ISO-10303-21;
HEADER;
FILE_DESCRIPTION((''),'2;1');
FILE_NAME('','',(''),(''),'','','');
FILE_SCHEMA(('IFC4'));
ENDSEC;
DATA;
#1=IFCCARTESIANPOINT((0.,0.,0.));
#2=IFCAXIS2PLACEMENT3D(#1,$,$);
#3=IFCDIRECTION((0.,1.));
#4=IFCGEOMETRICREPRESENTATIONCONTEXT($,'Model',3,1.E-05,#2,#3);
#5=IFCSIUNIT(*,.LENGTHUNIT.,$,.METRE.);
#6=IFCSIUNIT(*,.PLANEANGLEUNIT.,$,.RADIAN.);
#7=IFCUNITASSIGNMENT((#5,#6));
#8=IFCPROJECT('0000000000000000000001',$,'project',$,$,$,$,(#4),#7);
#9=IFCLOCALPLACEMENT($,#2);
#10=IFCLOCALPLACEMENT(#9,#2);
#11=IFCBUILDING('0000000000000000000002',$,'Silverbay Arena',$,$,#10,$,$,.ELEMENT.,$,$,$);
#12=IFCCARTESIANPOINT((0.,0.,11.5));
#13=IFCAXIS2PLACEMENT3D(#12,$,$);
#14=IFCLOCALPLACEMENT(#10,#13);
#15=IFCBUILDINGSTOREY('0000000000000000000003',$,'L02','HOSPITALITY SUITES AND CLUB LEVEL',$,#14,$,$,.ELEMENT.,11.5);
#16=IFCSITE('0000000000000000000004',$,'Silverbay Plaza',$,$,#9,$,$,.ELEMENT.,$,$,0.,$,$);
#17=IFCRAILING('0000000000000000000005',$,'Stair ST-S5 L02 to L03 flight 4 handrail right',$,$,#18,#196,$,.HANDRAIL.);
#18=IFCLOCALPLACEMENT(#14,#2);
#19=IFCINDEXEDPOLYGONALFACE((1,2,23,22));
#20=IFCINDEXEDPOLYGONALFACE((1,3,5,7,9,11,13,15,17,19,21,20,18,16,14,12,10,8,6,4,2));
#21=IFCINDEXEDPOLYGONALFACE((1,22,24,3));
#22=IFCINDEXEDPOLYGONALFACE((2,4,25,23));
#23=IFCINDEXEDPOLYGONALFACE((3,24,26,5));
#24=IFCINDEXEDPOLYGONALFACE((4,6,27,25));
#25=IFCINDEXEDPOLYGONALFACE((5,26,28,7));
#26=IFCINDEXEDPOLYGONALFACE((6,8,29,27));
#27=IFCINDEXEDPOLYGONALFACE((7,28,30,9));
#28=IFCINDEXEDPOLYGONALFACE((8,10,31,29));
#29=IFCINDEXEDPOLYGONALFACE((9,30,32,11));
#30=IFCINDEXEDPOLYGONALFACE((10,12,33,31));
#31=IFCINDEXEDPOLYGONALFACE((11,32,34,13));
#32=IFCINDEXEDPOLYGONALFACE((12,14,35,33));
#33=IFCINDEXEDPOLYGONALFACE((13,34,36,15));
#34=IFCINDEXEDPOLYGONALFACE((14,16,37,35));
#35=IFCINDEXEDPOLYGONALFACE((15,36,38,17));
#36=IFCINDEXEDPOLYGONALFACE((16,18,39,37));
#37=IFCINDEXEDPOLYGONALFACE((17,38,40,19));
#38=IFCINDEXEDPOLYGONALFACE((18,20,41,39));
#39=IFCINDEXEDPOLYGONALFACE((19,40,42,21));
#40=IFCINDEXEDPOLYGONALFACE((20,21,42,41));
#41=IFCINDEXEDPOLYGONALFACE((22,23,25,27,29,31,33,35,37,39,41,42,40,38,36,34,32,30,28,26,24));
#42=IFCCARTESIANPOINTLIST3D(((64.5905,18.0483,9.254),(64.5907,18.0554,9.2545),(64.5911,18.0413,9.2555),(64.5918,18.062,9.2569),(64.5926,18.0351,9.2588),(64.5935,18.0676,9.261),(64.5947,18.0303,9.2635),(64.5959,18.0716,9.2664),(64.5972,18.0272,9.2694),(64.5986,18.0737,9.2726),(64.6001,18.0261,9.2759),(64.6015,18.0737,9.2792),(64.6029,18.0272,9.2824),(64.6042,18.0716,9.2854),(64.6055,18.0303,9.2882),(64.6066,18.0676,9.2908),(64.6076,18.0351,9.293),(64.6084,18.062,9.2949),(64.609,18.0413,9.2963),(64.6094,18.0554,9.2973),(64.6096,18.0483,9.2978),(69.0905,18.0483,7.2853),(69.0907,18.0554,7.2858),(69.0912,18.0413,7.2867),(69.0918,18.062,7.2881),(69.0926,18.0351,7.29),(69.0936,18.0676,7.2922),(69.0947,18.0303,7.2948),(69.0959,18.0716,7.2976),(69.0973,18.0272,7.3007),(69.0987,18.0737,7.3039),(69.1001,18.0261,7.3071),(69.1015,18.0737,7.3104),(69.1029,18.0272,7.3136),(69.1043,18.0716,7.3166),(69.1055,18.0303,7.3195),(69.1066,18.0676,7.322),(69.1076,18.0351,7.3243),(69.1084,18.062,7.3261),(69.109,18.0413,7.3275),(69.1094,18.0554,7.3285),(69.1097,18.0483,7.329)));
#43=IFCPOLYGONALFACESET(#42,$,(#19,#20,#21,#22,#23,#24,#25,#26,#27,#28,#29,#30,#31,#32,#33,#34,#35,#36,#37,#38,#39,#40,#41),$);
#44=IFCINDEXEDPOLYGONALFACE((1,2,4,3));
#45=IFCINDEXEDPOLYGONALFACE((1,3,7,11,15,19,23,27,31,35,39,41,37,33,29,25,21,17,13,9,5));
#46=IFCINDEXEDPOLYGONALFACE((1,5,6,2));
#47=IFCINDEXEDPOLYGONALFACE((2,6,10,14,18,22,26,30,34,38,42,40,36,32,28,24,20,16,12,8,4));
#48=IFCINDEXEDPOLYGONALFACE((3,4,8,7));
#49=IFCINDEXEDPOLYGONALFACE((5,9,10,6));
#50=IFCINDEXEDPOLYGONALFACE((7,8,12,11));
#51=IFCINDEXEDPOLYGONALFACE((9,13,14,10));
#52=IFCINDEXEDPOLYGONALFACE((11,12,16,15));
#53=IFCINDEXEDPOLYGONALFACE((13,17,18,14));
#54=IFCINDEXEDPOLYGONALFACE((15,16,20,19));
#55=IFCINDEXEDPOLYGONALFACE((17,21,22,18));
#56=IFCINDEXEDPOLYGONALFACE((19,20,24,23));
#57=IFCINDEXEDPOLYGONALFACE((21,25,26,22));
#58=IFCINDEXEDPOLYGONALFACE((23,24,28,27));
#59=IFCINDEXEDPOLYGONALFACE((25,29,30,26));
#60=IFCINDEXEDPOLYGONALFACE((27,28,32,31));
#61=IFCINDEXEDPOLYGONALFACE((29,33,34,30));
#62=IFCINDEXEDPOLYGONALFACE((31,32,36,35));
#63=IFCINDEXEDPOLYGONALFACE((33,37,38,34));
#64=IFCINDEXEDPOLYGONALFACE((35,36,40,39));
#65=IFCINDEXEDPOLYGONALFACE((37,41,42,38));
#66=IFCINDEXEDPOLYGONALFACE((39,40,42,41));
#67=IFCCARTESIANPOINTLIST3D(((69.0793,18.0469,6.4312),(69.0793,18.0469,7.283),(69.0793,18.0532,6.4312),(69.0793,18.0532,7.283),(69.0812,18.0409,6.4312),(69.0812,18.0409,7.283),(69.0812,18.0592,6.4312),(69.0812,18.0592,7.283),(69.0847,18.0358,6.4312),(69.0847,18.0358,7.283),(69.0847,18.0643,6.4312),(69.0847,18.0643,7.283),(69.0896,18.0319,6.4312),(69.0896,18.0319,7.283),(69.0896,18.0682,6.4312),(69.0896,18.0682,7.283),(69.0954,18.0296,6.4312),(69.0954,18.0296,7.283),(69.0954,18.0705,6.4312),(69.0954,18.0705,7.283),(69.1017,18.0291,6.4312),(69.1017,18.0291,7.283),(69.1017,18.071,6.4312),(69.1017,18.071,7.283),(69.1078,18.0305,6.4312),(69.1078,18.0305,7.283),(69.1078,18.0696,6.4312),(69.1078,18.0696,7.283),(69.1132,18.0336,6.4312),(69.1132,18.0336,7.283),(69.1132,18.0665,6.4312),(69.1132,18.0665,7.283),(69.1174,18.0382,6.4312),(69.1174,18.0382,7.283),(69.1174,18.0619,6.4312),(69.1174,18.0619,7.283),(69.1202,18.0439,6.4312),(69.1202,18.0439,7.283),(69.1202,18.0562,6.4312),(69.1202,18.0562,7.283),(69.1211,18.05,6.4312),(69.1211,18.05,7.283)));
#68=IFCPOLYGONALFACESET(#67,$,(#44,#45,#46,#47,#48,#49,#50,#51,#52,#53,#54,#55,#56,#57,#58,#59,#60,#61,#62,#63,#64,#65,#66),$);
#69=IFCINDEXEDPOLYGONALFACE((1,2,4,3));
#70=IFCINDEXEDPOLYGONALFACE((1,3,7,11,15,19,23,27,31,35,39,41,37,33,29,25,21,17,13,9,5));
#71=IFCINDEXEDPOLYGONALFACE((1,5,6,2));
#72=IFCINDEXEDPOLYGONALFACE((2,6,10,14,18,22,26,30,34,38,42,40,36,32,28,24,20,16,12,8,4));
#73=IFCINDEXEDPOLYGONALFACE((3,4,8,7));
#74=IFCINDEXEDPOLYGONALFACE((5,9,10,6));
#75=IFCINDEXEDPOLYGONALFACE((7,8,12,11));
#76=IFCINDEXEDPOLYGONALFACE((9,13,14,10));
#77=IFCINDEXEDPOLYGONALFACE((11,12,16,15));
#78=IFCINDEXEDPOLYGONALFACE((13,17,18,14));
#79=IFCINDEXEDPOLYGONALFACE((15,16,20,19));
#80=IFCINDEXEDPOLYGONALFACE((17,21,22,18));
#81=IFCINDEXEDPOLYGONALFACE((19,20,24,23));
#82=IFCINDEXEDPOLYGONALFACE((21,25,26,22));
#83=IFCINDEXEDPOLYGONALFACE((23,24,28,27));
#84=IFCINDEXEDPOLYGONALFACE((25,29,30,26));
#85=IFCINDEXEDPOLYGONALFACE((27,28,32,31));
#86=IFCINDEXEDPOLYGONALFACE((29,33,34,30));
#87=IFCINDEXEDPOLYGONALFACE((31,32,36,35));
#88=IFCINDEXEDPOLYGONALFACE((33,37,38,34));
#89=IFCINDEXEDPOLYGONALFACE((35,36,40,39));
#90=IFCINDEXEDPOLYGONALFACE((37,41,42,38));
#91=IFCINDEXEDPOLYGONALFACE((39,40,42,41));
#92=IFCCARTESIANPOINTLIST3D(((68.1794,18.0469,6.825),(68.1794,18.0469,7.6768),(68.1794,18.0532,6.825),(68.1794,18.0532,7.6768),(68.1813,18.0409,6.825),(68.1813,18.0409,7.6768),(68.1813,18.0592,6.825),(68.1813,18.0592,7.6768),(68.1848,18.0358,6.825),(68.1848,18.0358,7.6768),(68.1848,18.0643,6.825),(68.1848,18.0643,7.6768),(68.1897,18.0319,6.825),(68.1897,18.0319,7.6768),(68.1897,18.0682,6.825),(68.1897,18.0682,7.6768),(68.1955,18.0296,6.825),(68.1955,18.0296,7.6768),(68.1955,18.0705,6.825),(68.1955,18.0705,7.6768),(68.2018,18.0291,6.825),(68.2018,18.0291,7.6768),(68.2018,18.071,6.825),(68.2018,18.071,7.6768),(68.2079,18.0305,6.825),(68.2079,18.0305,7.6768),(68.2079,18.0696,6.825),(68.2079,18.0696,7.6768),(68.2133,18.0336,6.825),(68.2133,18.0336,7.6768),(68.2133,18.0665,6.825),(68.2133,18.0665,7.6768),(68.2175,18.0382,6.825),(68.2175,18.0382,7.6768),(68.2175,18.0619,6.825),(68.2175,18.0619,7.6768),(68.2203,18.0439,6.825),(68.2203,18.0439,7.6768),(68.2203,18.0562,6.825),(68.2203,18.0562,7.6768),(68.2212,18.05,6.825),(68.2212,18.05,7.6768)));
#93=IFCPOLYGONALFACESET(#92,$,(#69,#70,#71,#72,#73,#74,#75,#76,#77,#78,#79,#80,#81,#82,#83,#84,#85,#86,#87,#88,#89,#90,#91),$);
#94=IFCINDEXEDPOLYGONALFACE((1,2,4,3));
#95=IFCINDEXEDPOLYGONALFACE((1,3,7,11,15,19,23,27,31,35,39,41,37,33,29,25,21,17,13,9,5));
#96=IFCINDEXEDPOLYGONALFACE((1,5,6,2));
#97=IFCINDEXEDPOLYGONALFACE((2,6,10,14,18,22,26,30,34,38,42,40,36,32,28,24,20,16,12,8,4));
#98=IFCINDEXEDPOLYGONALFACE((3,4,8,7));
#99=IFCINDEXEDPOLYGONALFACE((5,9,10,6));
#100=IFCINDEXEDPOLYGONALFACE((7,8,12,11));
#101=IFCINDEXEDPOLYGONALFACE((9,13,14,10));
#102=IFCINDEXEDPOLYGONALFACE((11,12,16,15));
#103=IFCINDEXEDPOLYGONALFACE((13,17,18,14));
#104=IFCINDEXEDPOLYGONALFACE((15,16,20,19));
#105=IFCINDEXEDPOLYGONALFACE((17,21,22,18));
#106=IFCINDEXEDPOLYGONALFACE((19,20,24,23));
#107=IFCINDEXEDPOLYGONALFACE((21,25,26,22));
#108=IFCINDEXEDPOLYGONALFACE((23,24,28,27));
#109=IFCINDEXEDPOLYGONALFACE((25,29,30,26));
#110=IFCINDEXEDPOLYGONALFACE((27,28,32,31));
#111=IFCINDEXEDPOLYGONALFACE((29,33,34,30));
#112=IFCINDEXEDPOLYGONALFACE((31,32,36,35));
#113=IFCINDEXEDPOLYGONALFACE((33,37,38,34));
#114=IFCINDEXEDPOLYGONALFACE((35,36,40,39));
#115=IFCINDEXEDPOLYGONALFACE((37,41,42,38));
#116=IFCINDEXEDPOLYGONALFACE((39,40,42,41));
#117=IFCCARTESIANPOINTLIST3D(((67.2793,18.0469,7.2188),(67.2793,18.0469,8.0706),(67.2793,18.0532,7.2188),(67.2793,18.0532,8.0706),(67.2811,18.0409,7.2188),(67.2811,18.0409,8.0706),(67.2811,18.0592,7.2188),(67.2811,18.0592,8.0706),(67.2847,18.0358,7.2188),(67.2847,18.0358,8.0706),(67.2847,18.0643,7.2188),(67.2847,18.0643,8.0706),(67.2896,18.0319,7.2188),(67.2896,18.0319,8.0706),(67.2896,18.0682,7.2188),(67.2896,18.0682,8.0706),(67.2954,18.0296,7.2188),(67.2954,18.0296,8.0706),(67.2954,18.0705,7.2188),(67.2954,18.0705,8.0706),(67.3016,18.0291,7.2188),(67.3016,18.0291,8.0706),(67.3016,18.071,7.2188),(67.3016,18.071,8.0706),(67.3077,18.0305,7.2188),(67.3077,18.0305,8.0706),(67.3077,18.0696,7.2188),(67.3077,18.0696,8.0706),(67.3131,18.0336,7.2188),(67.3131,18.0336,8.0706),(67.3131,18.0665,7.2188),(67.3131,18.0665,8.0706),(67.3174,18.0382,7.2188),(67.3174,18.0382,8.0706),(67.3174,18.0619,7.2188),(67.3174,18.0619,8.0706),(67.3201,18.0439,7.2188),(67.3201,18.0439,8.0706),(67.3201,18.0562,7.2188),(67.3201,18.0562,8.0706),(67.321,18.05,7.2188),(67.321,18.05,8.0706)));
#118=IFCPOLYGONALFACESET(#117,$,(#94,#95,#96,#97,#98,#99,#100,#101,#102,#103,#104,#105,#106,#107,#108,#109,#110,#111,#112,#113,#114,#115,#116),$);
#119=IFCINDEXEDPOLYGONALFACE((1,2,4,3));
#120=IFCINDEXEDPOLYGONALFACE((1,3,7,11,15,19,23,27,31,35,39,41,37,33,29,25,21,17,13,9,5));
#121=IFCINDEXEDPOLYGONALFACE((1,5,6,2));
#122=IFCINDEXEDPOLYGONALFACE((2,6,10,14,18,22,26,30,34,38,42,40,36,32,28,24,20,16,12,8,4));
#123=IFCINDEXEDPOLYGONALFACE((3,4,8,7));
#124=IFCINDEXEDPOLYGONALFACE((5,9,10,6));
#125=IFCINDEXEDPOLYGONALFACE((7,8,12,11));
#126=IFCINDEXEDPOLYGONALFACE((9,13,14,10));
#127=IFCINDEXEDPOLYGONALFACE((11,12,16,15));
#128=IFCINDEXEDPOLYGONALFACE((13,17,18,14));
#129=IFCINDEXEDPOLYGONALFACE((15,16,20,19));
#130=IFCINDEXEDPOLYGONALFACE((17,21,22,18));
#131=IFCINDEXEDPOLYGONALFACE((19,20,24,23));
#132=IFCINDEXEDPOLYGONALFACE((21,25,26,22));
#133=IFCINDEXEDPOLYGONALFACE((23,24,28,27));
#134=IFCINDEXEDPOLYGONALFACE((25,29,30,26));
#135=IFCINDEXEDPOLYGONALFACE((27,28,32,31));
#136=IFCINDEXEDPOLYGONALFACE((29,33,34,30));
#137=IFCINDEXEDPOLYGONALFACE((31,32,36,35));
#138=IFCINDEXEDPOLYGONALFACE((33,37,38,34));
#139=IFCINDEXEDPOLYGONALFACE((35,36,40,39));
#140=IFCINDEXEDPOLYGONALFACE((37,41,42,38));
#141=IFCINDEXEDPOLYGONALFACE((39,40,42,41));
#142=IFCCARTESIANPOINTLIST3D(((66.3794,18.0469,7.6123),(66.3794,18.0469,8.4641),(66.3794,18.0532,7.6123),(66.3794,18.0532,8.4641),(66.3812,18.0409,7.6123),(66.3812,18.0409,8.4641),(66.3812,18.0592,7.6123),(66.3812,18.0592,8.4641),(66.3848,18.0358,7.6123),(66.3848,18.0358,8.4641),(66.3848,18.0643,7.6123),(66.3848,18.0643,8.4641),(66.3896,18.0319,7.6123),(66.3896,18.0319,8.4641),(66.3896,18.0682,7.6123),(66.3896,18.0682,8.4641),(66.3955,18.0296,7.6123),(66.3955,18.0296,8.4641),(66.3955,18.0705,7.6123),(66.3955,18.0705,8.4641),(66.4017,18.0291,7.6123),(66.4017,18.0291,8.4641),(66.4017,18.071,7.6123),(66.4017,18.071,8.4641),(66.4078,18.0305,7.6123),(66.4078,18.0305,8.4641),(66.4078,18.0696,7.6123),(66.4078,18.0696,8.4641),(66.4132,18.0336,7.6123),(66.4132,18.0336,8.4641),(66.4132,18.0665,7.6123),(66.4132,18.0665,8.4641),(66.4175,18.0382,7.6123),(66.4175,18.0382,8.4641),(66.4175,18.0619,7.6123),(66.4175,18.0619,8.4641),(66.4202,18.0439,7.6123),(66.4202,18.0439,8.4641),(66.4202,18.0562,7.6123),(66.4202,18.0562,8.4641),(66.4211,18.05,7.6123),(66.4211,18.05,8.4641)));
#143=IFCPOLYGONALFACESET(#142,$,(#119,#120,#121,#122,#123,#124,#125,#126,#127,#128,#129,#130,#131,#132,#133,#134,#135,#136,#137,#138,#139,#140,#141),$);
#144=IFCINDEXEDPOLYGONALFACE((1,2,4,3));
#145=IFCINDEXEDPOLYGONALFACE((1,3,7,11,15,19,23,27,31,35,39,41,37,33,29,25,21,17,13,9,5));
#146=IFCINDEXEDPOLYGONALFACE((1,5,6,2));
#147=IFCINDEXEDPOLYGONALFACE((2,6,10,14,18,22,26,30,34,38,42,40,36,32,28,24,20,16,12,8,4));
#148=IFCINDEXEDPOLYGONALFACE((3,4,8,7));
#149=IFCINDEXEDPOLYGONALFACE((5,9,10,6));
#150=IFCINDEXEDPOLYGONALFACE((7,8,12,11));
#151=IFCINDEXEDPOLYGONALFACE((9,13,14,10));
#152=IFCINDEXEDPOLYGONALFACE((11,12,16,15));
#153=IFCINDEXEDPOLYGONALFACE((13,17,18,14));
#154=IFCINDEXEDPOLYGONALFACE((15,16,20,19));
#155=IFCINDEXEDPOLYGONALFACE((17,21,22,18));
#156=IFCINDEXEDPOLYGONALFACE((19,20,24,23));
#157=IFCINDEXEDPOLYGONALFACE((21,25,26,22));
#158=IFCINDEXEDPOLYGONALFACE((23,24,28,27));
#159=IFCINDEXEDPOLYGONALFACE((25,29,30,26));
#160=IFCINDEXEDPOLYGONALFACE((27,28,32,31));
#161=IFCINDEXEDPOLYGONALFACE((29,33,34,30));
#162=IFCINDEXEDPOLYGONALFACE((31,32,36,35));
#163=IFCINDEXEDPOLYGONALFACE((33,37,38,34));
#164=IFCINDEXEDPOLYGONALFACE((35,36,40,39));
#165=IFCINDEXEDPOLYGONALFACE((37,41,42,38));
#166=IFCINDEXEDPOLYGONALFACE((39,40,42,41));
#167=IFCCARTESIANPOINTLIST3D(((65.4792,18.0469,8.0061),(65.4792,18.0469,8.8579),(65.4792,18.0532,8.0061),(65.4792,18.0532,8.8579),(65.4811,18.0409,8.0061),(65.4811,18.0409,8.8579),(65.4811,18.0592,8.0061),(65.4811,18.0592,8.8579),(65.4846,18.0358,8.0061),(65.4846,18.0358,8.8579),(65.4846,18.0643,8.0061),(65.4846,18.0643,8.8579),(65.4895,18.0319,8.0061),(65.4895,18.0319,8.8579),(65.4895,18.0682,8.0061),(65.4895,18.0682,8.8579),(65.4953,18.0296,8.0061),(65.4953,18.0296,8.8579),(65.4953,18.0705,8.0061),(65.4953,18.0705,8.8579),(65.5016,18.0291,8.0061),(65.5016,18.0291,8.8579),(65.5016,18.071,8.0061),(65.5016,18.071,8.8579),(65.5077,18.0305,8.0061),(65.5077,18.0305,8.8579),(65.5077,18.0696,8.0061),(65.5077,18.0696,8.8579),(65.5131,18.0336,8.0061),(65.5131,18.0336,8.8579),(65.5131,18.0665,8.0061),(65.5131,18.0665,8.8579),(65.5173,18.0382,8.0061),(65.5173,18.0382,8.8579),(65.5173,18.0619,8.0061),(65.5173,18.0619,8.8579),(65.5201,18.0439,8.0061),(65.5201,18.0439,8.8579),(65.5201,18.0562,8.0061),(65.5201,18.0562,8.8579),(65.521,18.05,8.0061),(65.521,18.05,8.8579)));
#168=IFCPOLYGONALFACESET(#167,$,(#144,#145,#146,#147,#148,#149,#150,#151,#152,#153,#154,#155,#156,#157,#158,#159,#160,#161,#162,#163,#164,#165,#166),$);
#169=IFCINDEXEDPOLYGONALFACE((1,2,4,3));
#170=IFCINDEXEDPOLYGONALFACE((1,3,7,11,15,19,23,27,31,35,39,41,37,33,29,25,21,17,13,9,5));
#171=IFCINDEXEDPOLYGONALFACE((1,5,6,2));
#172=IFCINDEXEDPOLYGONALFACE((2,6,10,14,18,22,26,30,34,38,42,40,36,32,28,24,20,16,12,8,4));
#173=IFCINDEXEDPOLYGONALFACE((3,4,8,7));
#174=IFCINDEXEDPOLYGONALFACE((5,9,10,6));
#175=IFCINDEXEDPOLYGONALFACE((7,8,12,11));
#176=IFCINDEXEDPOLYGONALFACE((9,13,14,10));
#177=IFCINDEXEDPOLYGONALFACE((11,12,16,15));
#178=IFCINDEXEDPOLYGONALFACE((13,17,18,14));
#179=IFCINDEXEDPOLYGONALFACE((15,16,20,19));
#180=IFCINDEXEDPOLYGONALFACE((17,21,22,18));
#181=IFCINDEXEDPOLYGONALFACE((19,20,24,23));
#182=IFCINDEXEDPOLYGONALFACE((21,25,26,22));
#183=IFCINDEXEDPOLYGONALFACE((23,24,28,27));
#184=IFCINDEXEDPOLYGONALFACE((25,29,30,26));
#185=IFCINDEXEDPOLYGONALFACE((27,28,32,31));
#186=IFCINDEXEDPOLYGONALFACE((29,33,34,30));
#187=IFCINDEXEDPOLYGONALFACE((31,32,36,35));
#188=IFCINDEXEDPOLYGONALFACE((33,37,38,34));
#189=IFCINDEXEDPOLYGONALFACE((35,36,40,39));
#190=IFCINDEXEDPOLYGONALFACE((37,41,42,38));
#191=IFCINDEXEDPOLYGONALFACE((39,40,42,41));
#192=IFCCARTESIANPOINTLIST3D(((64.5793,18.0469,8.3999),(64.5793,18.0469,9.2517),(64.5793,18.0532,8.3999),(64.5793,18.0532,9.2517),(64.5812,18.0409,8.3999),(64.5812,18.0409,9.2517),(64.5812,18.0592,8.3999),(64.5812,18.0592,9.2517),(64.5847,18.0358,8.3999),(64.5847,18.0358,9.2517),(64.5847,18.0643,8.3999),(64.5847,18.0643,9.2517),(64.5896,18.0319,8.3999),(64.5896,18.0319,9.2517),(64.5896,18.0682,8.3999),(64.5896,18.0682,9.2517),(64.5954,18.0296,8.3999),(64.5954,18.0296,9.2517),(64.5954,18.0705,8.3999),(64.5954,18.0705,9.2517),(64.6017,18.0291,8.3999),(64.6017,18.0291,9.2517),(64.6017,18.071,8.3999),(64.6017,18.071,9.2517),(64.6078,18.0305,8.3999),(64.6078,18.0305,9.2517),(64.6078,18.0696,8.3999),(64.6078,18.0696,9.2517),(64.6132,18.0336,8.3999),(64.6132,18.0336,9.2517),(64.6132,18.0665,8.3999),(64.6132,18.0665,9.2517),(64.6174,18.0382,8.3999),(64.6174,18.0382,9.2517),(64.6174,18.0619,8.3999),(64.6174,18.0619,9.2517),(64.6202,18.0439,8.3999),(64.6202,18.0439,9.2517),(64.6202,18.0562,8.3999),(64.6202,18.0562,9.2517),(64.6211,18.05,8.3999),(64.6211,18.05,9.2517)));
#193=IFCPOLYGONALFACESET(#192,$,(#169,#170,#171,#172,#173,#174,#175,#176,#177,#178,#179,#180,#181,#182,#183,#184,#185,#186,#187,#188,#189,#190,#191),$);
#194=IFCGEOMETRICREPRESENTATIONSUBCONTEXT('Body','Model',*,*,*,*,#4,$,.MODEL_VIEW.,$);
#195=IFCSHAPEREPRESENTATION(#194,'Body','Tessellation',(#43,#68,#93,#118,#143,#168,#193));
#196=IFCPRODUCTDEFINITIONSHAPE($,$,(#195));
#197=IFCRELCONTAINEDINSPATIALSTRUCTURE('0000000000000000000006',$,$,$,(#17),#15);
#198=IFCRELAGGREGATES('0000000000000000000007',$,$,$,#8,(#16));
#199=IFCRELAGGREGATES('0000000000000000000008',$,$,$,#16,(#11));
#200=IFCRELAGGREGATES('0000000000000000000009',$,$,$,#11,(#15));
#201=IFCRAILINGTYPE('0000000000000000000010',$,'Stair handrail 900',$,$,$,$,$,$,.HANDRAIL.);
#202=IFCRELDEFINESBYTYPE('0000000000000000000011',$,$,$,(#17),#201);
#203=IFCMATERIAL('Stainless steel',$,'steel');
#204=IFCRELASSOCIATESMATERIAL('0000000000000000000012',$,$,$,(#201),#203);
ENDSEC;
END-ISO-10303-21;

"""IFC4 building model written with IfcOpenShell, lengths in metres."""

from ifc_helpers import new_model, si_unit, direction, frame, origin, origin_2d, place, context, subcontext, project, spatial, circle, extrude, material, type_object, element, save


model = new_model("IFC4")

# Units and contexts
model_context = context("Model", 3, precision=1e-05, world=origin(), true_north=direction((0.0, 1.0)))
body_context = subcontext(model_context, "Body", "Model", "MODEL_VIEW")
ifc_project = project(units=[si_unit("LENGTHUNIT", "METRE"), si_unit("PLANEANGLEUNIT", "RADIAN")], contexts=[model_context])

# Site, building, storey
site_placement = place(None, origin())
site = spatial("IfcSite", under=ifc_project, at=site_placement, Name="Silverbay Plaza", CompositionType="ELEMENT", RefElevation=0.0)
building_placement = place(site_placement, origin())
building = spatial("IfcBuilding", under=site, at=building_placement, Name="Silverbay Arena", CompositionType="ELEMENT")
storey_placement = place(building_placement, frame((0.0, 0.0, 11.5)))
storey = spatial("IfcBuildingStorey", under=building, at=storey_placement, Name="L02", Description="HOSPITALITY SUITES AND CLUB LEVEL", CompositionType="ELEMENT", Elevation=11.5)

# Railing
ifc_material_1 = material(Name="Stainless steel", Category="steel")
railing_type_1 = type_object("IfcRailingType", Name="Stair handrail 900", PredefinedType="HANDRAIL", material=ifc_material_1)
for number, where, name in (
    (1, (69.1001, 18.05, 6.4312), "Stair ST-S5 L02 to L03 flight 4 handrail right"),
):
    element("IfcRailing", number, at=place(storey_placement, frame(where)), inside=storey, type_object=railing_type_1, Name=name, PredefinedType="HANDRAIL", context=body_context, shape_type="SweptSolid", body=[
        extrude(circle(Radius=0.0239, at=origin_2d()), frame((0.0, 0.0, 0.876), z_axis=(-0.916157, 0.0, 0.400819), x_axis=(0.0, -1.0, 0.0)), (0.0, 0.0, 1.0), 4.9119),
        extrude(circle(Radius=0.021, at=origin_2d()), origin(), (0.0, 0.0, 1.0), 0.8518),
        extrude(circle(Radius=0.021, at=origin_2d()), frame((-0.8999, 0.0, 0.3938)), (0.0, 0.0, 1.0), 0.8518),
        extrude(circle(Radius=0.021, at=origin_2d()), frame((-1.8, 0.0, 0.7876)), (0.0, 0.0, 1.0), 0.8518),
        extrude(circle(Radius=0.021, at=origin_2d()), frame((-2.7, 0.0, 1.1812)), (0.0, 0.0, 1.0), 0.8518),
        extrude(circle(Radius=0.021, at=origin_2d()), frame((-3.6001, 0.0, 1.575)), (0.0, 0.0, 1.0), 0.8518),
        extrude(circle(Radius=0.021, at=origin_2d()), frame((-4.5, 0.0, 1.9688)), (0.0, 0.0, 1.0), 0.8518),
    ])

save(model, "model.ifc")
